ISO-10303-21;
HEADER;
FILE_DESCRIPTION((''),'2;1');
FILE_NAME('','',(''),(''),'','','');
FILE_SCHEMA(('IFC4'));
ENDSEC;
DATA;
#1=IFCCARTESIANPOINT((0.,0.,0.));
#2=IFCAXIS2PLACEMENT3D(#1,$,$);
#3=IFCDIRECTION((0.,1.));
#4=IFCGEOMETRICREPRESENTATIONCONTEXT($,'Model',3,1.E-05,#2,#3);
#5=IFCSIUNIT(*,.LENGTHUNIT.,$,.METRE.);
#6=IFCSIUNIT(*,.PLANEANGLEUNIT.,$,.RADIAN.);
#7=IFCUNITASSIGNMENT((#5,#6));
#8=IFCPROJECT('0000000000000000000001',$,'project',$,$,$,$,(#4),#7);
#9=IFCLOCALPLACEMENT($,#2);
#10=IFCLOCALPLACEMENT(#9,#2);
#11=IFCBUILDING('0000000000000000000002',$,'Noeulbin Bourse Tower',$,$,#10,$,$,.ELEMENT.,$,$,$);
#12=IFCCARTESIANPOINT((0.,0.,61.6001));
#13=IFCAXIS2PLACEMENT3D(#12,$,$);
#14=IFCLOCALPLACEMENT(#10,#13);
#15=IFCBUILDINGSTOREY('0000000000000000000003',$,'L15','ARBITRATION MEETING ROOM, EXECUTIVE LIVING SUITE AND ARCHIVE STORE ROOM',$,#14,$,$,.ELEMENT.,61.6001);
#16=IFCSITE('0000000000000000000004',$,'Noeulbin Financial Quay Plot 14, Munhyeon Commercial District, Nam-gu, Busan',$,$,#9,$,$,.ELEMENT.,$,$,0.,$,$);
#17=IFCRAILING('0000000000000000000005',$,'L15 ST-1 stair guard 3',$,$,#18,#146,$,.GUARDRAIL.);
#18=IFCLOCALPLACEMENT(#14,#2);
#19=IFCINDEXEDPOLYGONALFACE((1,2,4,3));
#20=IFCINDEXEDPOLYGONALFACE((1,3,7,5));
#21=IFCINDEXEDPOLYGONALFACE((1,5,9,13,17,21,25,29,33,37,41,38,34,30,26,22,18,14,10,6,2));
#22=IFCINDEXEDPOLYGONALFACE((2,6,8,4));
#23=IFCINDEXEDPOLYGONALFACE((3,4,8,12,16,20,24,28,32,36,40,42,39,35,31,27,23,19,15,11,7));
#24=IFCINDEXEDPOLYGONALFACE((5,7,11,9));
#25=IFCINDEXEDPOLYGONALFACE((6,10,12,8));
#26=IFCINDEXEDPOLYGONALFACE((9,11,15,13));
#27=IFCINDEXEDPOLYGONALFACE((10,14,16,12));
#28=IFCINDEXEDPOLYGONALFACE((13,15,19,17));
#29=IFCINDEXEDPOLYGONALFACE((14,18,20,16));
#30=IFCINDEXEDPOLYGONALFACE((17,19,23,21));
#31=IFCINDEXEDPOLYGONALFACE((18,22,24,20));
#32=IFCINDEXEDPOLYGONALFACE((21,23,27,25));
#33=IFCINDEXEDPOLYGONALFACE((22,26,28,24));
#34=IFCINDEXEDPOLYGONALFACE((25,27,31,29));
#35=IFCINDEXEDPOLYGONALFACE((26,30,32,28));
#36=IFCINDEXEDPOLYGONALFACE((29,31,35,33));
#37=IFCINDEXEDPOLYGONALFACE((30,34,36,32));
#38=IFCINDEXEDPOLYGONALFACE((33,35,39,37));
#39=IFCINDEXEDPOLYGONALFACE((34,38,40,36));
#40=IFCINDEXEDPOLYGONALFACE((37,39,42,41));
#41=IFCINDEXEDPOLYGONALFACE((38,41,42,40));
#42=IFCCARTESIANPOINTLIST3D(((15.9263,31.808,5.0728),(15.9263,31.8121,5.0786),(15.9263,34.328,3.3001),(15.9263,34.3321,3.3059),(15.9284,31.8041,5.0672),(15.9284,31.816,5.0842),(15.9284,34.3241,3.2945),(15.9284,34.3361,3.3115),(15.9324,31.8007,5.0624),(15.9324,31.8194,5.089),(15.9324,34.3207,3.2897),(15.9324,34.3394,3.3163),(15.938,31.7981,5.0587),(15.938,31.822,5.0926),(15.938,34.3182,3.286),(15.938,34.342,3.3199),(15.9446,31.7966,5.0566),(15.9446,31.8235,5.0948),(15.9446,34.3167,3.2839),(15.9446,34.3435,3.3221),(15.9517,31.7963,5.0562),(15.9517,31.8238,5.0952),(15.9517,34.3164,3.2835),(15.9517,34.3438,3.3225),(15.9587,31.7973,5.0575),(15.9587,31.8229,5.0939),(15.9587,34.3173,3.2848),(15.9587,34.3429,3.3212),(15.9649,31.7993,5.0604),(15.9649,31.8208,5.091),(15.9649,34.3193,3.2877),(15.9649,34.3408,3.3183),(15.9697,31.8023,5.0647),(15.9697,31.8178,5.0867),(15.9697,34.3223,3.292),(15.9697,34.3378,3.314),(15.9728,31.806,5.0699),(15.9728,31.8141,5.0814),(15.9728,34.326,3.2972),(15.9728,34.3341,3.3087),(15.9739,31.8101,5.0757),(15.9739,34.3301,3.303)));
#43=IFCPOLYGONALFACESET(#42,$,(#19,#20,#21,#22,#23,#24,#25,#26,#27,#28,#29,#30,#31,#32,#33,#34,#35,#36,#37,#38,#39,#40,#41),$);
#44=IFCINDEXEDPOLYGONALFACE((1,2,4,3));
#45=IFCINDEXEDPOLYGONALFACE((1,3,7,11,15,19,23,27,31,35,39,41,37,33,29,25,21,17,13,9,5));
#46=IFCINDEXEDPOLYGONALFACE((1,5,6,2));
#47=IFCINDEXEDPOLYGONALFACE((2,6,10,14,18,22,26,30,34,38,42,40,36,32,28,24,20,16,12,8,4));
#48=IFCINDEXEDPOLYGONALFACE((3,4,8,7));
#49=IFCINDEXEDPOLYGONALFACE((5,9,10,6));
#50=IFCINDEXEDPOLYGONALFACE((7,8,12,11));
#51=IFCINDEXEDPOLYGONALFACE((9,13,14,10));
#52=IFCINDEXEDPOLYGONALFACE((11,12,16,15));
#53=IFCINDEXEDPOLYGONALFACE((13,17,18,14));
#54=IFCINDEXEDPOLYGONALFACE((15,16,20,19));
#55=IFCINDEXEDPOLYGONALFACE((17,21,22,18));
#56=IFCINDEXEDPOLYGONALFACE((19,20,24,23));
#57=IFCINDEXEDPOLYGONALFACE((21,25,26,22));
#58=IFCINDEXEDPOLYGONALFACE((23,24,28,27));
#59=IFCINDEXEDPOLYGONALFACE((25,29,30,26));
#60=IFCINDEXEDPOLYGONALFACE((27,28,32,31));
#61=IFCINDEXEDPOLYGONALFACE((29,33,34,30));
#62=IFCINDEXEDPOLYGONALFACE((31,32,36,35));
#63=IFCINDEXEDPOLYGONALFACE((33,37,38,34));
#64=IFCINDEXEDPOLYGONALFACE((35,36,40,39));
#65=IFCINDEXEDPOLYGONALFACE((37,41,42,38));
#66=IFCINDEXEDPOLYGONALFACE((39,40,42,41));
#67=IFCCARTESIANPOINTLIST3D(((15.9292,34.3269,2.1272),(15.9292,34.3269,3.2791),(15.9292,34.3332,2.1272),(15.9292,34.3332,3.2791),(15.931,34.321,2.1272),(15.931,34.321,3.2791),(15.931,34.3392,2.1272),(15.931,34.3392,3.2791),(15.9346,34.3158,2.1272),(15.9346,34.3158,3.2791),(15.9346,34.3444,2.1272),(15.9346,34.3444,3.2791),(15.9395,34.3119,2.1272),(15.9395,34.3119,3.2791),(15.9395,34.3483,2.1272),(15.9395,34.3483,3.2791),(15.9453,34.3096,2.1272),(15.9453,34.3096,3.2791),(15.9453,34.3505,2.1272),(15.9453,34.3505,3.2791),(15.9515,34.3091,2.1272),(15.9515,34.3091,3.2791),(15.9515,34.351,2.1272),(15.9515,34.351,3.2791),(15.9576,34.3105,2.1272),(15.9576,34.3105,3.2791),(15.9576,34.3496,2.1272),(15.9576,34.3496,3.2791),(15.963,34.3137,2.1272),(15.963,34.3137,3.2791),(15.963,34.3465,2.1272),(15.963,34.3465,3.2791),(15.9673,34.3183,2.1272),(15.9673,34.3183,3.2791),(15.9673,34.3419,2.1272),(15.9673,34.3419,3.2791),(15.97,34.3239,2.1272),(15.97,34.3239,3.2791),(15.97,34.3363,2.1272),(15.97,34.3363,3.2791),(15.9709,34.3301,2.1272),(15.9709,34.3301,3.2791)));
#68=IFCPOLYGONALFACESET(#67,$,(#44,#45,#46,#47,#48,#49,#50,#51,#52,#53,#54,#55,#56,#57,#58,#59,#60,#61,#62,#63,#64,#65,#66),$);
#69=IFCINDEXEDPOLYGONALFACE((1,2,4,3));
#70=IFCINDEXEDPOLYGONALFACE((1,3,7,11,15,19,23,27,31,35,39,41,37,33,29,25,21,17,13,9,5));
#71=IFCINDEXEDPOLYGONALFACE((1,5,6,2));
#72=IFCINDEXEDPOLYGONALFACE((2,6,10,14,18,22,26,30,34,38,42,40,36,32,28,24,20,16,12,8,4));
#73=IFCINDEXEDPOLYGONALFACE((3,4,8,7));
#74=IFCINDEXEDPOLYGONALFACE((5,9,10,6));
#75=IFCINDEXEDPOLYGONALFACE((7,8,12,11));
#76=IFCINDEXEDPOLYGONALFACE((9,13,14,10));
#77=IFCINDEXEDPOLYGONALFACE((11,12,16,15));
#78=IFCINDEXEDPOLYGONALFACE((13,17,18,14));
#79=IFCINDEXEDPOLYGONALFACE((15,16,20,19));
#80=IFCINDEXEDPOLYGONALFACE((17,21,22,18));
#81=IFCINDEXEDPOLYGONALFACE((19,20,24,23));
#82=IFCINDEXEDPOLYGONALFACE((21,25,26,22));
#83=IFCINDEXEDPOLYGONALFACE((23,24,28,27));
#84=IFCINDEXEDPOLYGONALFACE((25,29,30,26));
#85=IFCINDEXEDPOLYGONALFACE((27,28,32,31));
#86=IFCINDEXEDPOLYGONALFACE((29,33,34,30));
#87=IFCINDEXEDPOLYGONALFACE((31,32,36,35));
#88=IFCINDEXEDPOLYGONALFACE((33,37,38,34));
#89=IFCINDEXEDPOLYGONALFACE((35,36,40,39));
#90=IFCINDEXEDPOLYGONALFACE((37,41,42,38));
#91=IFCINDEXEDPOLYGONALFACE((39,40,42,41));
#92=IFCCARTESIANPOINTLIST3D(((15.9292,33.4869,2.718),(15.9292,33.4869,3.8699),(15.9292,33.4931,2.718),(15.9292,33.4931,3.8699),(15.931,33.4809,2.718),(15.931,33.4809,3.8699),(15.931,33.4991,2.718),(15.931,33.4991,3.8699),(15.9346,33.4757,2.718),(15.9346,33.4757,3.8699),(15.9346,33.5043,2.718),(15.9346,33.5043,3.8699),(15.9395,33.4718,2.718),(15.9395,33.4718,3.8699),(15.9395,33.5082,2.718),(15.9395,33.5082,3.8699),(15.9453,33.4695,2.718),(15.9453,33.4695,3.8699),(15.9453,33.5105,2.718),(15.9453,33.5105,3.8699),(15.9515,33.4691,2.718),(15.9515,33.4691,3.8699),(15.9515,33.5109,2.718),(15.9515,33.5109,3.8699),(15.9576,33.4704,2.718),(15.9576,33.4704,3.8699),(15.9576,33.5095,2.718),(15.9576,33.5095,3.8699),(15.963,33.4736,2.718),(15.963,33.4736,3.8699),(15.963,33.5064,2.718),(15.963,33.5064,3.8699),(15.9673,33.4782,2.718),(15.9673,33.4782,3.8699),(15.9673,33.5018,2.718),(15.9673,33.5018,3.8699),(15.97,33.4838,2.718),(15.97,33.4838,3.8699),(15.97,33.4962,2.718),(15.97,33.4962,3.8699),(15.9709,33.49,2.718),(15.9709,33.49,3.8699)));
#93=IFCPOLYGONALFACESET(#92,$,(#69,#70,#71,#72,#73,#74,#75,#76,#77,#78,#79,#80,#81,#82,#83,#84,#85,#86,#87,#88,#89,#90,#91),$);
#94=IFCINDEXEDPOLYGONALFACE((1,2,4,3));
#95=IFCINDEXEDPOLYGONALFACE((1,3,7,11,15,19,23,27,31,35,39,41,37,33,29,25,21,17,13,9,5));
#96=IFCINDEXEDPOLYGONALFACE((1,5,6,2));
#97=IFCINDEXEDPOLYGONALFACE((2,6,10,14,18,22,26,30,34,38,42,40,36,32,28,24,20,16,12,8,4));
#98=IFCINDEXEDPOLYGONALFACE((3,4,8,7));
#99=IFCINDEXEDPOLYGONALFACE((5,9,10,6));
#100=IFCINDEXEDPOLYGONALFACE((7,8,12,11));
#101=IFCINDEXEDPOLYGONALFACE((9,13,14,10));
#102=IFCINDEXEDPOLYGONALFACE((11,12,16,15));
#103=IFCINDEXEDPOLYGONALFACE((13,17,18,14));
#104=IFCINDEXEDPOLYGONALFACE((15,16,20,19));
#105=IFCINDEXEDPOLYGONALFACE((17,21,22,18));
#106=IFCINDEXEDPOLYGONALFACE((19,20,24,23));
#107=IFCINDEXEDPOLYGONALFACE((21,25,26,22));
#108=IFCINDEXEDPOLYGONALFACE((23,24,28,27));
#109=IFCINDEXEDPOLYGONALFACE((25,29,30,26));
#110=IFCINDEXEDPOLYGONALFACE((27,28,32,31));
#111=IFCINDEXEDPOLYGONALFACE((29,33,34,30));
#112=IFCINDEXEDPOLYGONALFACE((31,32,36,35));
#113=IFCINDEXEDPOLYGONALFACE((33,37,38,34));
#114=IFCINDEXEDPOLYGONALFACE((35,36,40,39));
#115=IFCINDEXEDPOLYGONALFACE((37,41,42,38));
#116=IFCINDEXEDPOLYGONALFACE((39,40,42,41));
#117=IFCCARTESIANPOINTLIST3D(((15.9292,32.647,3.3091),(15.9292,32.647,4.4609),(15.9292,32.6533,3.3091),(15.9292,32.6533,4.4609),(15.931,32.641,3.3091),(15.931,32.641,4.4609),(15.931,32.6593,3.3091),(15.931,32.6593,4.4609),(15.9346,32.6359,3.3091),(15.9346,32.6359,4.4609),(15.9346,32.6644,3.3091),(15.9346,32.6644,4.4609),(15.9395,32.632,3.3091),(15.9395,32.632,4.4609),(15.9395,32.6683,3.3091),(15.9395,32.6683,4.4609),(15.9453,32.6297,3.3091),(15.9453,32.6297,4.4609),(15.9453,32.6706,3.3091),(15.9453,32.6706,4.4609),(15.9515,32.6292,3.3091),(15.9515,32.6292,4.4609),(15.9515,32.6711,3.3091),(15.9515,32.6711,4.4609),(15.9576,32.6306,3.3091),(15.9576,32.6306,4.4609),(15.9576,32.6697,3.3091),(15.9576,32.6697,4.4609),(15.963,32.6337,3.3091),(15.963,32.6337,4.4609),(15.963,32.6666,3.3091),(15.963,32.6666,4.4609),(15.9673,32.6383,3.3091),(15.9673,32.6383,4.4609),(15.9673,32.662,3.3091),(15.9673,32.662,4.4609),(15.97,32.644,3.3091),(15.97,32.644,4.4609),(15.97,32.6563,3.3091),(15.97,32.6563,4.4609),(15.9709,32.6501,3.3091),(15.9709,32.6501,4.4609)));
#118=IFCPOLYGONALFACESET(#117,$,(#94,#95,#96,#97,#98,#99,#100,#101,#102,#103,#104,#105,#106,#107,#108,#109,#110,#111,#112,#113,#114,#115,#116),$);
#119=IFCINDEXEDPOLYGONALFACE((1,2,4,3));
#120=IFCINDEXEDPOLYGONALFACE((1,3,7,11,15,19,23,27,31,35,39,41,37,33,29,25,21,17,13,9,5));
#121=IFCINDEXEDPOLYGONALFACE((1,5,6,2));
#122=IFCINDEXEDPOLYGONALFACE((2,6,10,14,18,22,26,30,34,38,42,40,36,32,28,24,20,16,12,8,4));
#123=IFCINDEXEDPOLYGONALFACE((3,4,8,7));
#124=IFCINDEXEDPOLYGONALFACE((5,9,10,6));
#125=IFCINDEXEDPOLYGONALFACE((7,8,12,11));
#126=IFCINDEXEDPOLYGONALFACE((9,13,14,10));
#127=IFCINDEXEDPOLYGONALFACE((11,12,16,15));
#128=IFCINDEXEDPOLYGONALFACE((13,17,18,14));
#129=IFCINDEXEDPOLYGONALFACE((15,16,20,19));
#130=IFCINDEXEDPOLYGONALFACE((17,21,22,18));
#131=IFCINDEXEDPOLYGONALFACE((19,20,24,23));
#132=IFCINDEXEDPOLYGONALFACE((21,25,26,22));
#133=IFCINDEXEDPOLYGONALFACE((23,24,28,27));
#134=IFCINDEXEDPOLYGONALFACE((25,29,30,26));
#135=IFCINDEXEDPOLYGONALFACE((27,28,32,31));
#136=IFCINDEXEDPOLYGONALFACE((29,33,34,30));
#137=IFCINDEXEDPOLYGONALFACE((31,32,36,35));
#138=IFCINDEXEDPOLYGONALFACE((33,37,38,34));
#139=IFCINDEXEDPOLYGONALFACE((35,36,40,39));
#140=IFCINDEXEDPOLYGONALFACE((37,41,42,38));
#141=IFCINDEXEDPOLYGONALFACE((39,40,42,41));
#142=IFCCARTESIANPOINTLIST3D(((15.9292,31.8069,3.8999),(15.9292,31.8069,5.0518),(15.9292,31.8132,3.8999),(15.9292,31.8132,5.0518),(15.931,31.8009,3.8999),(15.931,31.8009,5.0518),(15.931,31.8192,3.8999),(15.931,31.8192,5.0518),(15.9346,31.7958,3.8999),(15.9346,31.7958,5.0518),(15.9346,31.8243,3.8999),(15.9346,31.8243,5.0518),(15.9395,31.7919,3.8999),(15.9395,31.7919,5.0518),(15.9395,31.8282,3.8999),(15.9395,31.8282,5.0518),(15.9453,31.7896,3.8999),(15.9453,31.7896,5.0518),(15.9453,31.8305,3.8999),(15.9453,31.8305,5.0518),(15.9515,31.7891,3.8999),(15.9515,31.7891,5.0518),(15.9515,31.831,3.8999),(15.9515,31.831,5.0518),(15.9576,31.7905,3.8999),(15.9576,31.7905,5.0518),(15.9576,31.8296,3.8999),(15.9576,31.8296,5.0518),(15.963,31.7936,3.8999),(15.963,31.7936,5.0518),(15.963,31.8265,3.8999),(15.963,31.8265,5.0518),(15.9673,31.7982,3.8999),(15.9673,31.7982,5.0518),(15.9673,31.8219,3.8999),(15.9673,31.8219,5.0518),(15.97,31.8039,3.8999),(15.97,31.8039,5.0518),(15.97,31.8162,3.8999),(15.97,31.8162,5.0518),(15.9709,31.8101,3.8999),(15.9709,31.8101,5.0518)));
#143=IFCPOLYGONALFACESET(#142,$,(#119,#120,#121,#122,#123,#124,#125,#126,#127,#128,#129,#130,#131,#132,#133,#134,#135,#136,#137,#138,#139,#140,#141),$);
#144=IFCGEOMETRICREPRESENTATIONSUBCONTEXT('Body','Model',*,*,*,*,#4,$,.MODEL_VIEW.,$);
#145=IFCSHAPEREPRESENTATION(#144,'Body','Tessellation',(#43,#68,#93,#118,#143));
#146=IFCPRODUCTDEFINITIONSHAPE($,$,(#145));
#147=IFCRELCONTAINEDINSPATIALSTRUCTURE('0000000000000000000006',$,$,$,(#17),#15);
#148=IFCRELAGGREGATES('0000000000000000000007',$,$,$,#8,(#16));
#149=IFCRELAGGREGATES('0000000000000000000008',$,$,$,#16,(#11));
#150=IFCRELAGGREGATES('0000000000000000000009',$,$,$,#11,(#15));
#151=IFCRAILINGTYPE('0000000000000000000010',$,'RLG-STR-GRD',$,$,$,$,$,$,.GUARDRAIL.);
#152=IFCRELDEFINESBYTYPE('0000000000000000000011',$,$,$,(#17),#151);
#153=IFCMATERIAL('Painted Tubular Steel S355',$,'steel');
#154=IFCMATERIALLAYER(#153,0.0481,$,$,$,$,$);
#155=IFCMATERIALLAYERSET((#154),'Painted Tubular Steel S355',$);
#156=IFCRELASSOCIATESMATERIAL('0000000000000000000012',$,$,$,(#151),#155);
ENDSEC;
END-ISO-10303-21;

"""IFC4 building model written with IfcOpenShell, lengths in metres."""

from ifc_helpers import new_model, si_unit, direction, frame, origin, origin_2d, place, context, subcontext, project, spatial, circle, extrude, material, layer, layer_set, type_object, element, save


model = new_model("IFC4")

# Units and contexts
model_context = context("Model", 3, precision=1e-05, world=origin(), true_north=direction((0.0, 1.0)))
body_context = subcontext(model_context, "Body", "Model", "MODEL_VIEW")
ifc_project = project(units=[si_unit("LENGTHUNIT", "METRE"), si_unit("PLANEANGLEUNIT", "RADIAN")], contexts=[model_context])

# Site, building, storey
site_placement = place(None, origin())
site = spatial("IfcSite", under=ifc_project, at=site_placement, Name="Noeulbin Financial Quay Plot 14, Munhyeon Commercial District, Nam-gu, Busan", CompositionType="ELEMENT", RefElevation=0.0)
building_placement = place(site_placement, origin())
building = spatial("IfcBuilding", under=site, at=building_placement, Name="Noeulbin Bourse Tower", CompositionType="ELEMENT")
storey_placement = place(building_placement, frame((0.0, 0.0, 61.6001)))
storey = spatial("IfcBuildingStorey", under=building, at=storey_placement, Name="L15", Description="ARBITRATION MEETING ROOM, EXECUTIVE LIVING SUITE AND ARCHIVE STORE ROOM", CompositionType="ELEMENT", Elevation=61.6001)

# Railing
ifc_material_1 = material(Name="Painted Tubular Steel S355", Category="steel")
ifc_layer_1 = layer(ifc_material_1, 0.0481)
ifc_layer_set_1 = layer_set([ifc_layer_1], Name="Painted Tubular Steel S355")
railing_type_1 = type_object("IfcRailingType", Name="RLG-STR-GRD", PredefinedType="GUARDRAIL", material=ifc_layer_set_1)
railing_1_placement = place(storey_placement, frame((15.95, 34.3301, 2.1272)))
element("IfcRailing", 1, at=railing_1_placement, inside=storey, type_object=railing_type_1, Name="L15 ST-1 stair guard 3", PredefinedType="GUARDRAIL", context=body_context, shape_type="SweptSolid", body=[
    extrude(circle(Radius=0.0239, at=origin_2d()), frame((0.0, 0.0, 1.1758), z_axis=(0.0, -0.817904, 0.575354), x_axis=(1.0, 0.0, 0.0)), (0.0, 0.0, 1.0), 3.0811),
    extrude(circle(Radius=0.021, at=origin_2d()), origin(), (0.0, 0.0, 1.0), 1.1519),
    extrude(circle(Radius=0.021, at=origin_2d()), frame((0.0, -0.8401, 0.5908)), (0.0, 0.0, 1.0), 1.1519),
    extrude(circle(Radius=0.021, at=origin_2d()), frame((0.0, -1.6799, 1.1819)), (0.0, 0.0, 1.0), 1.1519),
    extrude(circle(Radius=0.021, at=origin_2d()), frame((0.0, -2.52, 1.7727)), (0.0, 0.0, 1.0), 1.1519),
])

save(model, "model.ifc")
